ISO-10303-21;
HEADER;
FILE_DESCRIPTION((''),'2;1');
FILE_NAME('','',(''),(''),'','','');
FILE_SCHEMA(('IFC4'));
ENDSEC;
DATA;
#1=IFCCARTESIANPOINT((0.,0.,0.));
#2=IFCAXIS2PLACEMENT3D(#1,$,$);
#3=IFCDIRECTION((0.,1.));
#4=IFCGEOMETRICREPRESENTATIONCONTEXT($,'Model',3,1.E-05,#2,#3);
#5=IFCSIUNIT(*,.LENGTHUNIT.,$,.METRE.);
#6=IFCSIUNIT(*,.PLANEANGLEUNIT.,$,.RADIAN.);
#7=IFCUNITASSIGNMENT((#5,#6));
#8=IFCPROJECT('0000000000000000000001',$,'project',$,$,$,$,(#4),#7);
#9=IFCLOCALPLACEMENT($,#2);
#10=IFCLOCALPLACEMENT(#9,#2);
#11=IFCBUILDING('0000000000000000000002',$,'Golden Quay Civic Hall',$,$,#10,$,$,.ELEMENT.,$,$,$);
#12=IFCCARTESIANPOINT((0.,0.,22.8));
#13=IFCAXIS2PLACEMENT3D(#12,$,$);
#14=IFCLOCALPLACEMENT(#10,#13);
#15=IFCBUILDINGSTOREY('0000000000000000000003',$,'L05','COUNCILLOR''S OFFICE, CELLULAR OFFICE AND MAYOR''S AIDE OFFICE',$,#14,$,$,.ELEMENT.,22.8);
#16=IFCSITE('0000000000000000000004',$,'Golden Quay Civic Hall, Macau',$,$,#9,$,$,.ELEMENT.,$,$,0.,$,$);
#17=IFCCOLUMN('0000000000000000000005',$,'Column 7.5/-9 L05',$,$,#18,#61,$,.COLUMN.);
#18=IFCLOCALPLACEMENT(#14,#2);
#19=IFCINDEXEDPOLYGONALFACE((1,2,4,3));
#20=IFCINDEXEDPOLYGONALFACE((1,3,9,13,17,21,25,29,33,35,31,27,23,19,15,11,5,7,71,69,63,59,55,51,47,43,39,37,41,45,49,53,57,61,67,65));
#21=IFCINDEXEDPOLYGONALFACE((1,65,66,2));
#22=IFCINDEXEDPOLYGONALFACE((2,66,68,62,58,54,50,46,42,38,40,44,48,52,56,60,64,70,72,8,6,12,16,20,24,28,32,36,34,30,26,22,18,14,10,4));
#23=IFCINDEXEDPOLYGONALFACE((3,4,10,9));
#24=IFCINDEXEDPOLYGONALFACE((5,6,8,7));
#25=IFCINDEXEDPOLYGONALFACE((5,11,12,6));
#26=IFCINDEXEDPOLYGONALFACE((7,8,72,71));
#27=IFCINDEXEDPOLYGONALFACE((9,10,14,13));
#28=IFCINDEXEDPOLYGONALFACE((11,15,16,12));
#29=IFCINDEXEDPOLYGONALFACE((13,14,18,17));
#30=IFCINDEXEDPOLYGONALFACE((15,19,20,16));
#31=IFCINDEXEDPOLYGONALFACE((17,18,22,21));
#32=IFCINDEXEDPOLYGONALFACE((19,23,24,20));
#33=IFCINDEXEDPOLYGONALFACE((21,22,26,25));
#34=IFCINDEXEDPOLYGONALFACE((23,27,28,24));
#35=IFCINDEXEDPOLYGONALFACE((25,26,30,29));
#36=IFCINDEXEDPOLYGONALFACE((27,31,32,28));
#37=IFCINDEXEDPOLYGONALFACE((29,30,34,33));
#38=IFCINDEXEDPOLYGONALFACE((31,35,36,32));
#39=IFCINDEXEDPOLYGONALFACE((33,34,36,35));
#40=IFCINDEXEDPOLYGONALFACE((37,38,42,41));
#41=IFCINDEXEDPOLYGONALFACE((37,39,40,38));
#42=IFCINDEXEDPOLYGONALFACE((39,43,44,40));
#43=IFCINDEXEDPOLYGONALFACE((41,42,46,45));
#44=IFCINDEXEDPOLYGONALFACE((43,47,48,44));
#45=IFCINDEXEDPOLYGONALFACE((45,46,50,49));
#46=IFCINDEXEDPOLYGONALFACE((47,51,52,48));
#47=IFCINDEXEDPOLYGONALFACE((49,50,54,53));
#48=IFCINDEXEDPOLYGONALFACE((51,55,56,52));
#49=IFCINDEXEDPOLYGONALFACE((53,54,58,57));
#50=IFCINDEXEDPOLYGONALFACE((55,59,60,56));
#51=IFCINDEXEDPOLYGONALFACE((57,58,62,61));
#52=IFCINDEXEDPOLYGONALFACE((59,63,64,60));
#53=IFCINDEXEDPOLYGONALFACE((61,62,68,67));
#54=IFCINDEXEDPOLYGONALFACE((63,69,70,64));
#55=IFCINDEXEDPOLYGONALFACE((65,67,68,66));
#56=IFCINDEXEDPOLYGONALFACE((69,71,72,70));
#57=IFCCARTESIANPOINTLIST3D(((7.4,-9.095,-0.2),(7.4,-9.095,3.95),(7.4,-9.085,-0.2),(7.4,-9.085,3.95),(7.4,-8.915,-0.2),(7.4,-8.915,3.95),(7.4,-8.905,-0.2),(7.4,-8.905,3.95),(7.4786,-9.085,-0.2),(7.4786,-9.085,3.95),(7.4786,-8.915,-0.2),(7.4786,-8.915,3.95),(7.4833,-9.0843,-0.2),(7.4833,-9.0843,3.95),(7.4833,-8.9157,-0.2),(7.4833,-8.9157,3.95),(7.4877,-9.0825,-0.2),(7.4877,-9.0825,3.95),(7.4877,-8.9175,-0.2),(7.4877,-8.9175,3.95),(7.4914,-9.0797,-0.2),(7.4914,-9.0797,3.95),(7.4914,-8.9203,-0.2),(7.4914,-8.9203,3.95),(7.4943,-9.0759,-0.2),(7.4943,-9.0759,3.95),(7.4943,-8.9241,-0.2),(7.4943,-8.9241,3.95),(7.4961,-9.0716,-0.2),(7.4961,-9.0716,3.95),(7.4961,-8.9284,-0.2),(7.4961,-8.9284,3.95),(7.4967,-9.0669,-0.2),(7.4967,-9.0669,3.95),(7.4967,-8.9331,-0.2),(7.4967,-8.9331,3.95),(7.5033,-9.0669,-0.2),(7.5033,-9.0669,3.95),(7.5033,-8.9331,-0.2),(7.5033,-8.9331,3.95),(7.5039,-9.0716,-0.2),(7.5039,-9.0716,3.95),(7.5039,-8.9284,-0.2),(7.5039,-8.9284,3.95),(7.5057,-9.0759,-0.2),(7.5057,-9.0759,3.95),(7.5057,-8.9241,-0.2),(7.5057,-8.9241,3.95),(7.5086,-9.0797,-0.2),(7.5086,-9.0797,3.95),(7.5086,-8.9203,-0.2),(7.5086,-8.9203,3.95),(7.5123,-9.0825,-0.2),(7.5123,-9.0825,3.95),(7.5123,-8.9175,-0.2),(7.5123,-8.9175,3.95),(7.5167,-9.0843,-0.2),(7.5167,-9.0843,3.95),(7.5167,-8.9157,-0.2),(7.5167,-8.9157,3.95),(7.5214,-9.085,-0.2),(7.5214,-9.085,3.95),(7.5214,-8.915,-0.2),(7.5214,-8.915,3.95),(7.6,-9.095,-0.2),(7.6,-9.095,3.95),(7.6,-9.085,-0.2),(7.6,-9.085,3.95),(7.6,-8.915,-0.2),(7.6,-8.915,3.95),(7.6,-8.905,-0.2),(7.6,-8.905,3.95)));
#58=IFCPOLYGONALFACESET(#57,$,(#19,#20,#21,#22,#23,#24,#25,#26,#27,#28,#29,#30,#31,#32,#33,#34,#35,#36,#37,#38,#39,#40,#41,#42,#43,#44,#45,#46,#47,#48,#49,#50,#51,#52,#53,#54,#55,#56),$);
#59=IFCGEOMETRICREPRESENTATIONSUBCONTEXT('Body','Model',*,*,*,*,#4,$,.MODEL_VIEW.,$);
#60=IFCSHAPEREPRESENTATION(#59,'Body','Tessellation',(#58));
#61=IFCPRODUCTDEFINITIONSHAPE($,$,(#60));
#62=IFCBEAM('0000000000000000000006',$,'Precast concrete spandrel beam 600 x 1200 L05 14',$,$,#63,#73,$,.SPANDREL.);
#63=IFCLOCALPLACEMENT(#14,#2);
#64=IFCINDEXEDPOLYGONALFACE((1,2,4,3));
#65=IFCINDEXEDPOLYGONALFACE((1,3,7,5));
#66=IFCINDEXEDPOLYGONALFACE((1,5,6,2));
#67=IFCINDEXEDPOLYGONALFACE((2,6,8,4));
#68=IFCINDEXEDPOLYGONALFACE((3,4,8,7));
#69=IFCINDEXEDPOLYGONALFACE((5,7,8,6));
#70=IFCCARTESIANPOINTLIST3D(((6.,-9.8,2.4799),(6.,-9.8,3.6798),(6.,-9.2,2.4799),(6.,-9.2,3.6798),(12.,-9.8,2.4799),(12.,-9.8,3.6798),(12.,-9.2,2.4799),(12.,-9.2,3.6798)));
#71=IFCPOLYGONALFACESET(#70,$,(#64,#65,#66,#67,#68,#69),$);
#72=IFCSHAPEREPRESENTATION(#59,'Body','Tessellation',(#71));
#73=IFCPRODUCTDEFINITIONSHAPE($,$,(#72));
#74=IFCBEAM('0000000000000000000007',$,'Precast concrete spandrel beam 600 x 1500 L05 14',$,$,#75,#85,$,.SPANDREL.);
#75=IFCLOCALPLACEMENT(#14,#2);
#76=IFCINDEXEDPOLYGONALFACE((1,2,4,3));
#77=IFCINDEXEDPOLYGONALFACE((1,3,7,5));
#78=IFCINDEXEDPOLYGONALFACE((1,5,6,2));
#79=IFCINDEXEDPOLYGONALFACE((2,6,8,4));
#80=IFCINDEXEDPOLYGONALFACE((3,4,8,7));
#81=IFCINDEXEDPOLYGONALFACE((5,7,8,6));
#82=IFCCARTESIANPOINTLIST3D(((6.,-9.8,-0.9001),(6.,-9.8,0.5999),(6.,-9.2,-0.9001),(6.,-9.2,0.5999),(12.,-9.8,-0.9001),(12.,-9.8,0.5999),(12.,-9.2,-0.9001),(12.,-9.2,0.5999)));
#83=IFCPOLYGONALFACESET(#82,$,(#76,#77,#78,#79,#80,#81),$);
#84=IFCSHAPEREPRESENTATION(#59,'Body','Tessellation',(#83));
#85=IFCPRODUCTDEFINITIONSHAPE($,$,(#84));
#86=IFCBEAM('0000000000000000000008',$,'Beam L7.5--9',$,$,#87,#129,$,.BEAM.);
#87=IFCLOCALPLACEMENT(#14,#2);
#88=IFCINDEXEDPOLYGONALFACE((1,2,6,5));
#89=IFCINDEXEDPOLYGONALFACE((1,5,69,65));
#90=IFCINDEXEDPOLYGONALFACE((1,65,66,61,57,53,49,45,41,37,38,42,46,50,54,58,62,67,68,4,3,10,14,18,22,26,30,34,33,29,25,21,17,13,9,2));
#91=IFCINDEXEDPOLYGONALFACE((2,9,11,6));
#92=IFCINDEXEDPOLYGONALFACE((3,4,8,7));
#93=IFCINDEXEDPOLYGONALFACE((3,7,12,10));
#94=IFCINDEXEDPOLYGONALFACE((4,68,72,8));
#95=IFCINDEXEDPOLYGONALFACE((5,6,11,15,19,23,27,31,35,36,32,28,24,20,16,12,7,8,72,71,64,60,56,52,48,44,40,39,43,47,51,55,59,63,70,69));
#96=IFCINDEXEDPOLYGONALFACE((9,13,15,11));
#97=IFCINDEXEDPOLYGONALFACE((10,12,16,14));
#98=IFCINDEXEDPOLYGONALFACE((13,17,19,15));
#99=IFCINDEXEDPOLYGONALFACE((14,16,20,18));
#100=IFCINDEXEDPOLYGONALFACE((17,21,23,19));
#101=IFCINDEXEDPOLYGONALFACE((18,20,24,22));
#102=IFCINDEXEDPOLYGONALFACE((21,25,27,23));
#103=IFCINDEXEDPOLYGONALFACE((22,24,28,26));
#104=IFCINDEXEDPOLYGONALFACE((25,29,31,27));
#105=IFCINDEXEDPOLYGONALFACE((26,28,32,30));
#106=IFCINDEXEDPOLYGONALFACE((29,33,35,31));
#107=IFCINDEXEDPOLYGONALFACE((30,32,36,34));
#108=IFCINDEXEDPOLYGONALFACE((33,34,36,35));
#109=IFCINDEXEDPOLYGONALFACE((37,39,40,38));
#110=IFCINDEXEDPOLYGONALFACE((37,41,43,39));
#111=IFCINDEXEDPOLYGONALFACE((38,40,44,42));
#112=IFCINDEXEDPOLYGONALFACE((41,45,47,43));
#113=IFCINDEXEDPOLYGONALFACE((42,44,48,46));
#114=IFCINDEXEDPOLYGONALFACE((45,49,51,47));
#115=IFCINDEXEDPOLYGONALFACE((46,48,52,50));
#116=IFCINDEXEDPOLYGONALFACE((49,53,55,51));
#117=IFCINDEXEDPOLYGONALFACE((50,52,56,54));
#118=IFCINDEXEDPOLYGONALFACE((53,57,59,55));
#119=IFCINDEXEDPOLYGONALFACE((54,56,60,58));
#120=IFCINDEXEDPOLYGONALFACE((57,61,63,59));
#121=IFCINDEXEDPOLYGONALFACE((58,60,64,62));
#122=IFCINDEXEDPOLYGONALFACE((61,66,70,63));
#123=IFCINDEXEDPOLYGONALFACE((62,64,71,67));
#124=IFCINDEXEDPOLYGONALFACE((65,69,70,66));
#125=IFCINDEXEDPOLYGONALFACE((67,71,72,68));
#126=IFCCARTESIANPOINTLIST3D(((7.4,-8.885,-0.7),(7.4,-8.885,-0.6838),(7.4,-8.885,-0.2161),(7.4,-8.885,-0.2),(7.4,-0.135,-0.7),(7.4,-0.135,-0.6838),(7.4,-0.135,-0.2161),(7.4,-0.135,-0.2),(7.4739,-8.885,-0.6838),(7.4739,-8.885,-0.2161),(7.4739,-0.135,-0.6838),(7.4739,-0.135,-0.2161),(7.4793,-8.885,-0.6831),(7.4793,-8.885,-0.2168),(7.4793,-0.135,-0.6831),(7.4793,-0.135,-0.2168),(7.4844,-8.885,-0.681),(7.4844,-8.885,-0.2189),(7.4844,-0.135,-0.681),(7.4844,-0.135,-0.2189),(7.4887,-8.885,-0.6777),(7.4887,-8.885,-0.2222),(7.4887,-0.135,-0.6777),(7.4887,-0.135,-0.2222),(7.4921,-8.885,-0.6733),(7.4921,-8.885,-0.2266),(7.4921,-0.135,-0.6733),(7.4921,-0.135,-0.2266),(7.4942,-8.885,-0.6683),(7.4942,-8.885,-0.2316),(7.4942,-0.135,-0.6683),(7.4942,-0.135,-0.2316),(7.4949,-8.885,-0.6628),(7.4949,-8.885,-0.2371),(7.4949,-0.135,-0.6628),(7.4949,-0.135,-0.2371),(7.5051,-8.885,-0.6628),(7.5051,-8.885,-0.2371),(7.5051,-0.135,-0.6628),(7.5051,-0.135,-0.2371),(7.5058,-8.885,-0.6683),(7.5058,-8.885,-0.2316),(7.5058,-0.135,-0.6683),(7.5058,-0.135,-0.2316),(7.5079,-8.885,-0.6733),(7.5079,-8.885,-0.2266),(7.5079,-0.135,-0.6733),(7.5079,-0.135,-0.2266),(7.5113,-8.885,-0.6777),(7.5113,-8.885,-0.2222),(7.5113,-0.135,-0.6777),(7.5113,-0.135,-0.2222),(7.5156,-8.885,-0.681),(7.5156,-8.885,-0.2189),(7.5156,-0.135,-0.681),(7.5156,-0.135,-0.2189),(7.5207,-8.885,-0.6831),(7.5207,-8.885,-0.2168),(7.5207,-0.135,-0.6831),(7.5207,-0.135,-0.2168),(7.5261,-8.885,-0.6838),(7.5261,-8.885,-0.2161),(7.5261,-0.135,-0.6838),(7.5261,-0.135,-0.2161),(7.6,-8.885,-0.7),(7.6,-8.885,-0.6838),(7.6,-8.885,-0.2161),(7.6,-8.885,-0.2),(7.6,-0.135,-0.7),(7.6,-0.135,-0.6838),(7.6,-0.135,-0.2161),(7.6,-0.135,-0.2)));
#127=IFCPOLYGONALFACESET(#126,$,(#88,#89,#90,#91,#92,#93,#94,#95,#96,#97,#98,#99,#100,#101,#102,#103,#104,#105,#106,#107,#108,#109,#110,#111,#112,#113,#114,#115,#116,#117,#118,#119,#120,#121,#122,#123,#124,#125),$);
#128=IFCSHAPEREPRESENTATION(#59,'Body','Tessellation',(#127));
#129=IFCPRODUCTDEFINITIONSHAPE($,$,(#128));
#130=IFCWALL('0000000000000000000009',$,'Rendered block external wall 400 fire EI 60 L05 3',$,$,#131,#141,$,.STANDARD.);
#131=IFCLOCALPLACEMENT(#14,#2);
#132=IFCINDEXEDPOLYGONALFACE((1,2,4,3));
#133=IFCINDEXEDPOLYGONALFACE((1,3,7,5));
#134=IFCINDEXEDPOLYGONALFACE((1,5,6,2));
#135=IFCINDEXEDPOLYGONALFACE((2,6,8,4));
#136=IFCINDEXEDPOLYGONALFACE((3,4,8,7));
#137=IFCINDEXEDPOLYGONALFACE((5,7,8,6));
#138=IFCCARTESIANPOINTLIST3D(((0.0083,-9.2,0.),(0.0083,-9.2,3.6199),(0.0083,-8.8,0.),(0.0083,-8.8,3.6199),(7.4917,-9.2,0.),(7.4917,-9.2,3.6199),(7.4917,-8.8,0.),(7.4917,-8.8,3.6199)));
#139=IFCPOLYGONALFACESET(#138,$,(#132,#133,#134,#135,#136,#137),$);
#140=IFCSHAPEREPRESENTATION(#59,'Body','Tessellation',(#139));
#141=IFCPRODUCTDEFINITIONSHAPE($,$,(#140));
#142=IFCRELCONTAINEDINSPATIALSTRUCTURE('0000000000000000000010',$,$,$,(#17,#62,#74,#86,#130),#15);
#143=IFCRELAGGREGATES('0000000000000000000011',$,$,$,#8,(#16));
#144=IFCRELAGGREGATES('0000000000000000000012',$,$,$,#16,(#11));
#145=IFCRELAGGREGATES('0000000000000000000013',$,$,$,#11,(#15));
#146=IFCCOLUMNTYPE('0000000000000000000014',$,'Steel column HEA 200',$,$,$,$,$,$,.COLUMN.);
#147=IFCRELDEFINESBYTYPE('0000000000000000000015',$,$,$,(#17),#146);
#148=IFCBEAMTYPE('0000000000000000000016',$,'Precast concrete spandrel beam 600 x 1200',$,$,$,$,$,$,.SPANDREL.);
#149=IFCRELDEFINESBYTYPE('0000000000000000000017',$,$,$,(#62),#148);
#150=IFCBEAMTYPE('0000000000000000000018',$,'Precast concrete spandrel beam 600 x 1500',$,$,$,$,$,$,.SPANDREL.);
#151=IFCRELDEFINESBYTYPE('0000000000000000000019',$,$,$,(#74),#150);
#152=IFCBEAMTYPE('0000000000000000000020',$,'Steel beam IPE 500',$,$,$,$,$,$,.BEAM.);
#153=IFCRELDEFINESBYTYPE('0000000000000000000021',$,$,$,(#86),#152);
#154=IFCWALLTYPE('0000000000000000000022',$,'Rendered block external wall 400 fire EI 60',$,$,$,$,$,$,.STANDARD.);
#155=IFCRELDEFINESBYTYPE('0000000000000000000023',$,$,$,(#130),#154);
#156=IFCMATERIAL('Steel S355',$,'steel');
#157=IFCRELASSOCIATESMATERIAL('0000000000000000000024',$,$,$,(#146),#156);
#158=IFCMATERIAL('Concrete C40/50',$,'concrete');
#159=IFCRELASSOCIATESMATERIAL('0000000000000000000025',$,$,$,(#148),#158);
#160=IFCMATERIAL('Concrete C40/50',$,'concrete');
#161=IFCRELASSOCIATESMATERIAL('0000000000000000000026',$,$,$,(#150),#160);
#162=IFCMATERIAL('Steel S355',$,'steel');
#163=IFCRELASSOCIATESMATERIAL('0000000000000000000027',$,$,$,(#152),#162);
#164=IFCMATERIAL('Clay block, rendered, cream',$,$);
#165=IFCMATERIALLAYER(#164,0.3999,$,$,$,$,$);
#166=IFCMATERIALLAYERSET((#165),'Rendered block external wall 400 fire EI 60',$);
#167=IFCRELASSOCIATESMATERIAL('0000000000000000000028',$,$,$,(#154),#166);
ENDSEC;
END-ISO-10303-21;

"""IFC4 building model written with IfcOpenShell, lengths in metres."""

from ifc_helpers import new_model, si_unit, direction, frame, frame_2d, origin, origin_2d, place, context, subcontext, project, spatial, rectangle, i_section, extrude, material, layer, layer_set, material_profile, profile_set, type_object, element, save


model = new_model("IFC4")

# Units and contexts
model_context = context("Model", 3, precision=1e-05, world=origin(), true_north=direction((0.0, 1.0)))
body_context = subcontext(model_context, "Body", "Model", "MODEL_VIEW")
ifc_project = project(units=[si_unit("LENGTHUNIT", "METRE"), si_unit("PLANEANGLEUNIT", "RADIAN")], contexts=[model_context])

# Site, building, storey
site_placement = place(None, origin())
site = spatial("IfcSite", under=ifc_project, at=site_placement, Name="Golden Quay Civic Hall, Macau", CompositionType="ELEMENT", RefElevation=0.0)
building_placement = place(site_placement, origin())
building = spatial("IfcBuilding", under=site, at=building_placement, Name="Golden Quay Civic Hall", CompositionType="ELEMENT")
storey_placement = place(building_placement, frame((0.0, 0.0, 22.8)))
storey = spatial("IfcBuildingStorey", under=building, at=storey_placement, Name="L05", Description="COUNCILLOR'S OFFICE, CELLULAR OFFICE AND MAYOR'S AIDE OFFICE", CompositionType="ELEMENT", Elevation=22.8)

# Column
ifc_material_1 = material(Name="Steel S355", Category="steel")
ifc_material_profile_1 = material_profile(ifc_material_1, i_section(OverallWidth=0.2, OverallDepth=0.1899, WebThickness=0.0066, FlangeThickness=0.01, FilletRadius=0.0181, at=origin_2d()), Name="HEA 200")
ifc_profile_set_1 = profile_set([ifc_material_profile_1], Name="Steel S355")
column_type = type_object("IfcColumnType", Name="Steel column HEA 200", PredefinedType="COLUMN", material=ifc_profile_set_1)
column_placement = place(storey_placement, frame((7.5, -9.0, -0.2), z_axis=(0.0, 0.0, 1.0), x_axis=(1.0, 0.0, 0.0)))
element("IfcColumn", 1, at=column_placement, inside=storey, type_object=column_type, Name="Column 7.5/-9 L05", PredefinedType="COLUMN", context=body_context, shape_type="SweptSolid", body=[
    extrude(i_section(OverallWidth=0.2, OverallDepth=0.1899, WebThickness=0.0066, FlangeThickness=0.01, FilletRadius=0.0181, at=origin_2d()), origin(), (0.0, 0.0, 1.0), 4.1499),
])

# Beams
ifc_material_2 = material(Name="Concrete C40/50", Category="concrete")
ifc_material_profile_2 = material_profile(ifc_material_2, rectangle(XDim=0.6001, YDim=1.2, at=origin_2d()), Name="RC 600x1200")
ifc_profile_set_2 = profile_set([ifc_material_profile_2], Name="Concrete C40/50")
beam_type_1 = type_object("IfcBeamType", Name="Precast concrete spandrel beam 600 x 1200", PredefinedType="SPANDREL", material=ifc_profile_set_2)
beam_1_placement = place(storey_placement, frame((6.0, -9.5, 3.0798), z_axis=(1.0, 0.0, 0.0), x_axis=(0.0, 1.0, 0.0)))
element("IfcBeam", 2, at=beam_1_placement, inside=storey, type_object=beam_type_1, Name="Precast concrete spandrel beam 600 x 1200 L05 14", PredefinedType="SPANDREL", context=body_context, shape_type="SweptSolid", body=[
    extrude(rectangle(XDim=0.6001, YDim=1.2, at=origin_2d()), origin(), (0.0, 0.0, 1.0), 6.0),
])
ifc_material_3 = material(Name="Concrete C40/50", Category="concrete")
ifc_material_profile_3 = material_profile(ifc_material_3, rectangle(XDim=0.6001, YDim=1.5, at=origin_2d()), Name="RC 600x1500")
ifc_profile_set_3 = profile_set([ifc_material_profile_3], Name="Concrete C40/50")
beam_type_2 = type_object("IfcBeamType", Name="Precast concrete spandrel beam 600 x 1500", PredefinedType="SPANDREL", material=ifc_profile_set_3)
beam_2_placement = place(storey_placement, frame((6.0, -9.5, -0.1501), z_axis=(1.0, 0.0, 0.0), x_axis=(0.0, 1.0, 0.0)))
element("IfcBeam", 3, at=beam_2_placement, inside=storey, type_object=beam_type_2, Name="Precast concrete spandrel beam 600 x 1500 L05 14", PredefinedType="SPANDREL", context=body_context, shape_type="SweptSolid", body=[
    extrude(rectangle(XDim=0.6001, YDim=1.5, at=origin_2d()), origin(), (0.0, 0.0, 1.0), 6.0),
])
ifc_material_4 = material(Name="Steel S355", Category="steel")
ifc_material_profile_4 = material_profile(ifc_material_4, i_section(OverallWidth=0.2, OverallDepth=0.5, WebThickness=0.0103, FlangeThickness=0.0161, FilletRadius=0.021, at=origin_2d()), Name="IPE 500")
ifc_profile_set_4 = profile_set([ifc_material_profile_4], Name="Steel S355")
beam_type_3 = type_object("IfcBeamType", Name="Steel beam IPE 500", PredefinedType="BEAM", material=ifc_profile_set_4)
beam_3_placement = place(storey_placement, frame((7.5, -8.885, -0.45), z_axis=(0.0, 1.0, 0.0), x_axis=(-1.0, 0.0, 0.0)))
element("IfcBeam", 4, at=beam_3_placement, inside=storey, type_object=beam_type_3, Name="Beam L7.5--9", PredefinedType="BEAM", context=body_context, shape_type="SweptSolid", body=[
    extrude(i_section(OverallWidth=0.2, OverallDepth=0.5, WebThickness=0.0103, FlangeThickness=0.0161, FilletRadius=0.021, at=origin_2d()), origin(), (0.0, 0.0, 1.0), 8.75),
])

# Wall
ifc_material_5 = material(Name="Clay block, rendered, cream")
ifc_layer = layer(ifc_material_5, 0.3999)
ifc_layer_set = layer_set([ifc_layer], Name="Rendered block external wall 400 fire EI 60")
wall_type = type_object("IfcWallType", Name="Rendered block external wall 400 fire EI 60", PredefinedType="STANDARD", material=ifc_layer_set)
wall_placement = place(storey_placement, frame((7.4917, -9.0, 0.0), z_axis=(0.0, 0.0, 1.0), x_axis=(-1.0, 0.0, 0.0)))
element("IfcWall", 5, at=wall_placement, inside=storey, type_object=wall_type, Name="Rendered block external wall 400 fire EI 60 L05 3", PredefinedType="STANDARD", context=body_context, shape_type="SweptSolid", body=[
    extrude(rectangle(XDim=7.4834, YDim=0.3999, at=frame_2d((3.7417, 0.0))), origin(), (0.0, 0.0, 1.0), 3.6199),
])

save(model, "model.ifc")
